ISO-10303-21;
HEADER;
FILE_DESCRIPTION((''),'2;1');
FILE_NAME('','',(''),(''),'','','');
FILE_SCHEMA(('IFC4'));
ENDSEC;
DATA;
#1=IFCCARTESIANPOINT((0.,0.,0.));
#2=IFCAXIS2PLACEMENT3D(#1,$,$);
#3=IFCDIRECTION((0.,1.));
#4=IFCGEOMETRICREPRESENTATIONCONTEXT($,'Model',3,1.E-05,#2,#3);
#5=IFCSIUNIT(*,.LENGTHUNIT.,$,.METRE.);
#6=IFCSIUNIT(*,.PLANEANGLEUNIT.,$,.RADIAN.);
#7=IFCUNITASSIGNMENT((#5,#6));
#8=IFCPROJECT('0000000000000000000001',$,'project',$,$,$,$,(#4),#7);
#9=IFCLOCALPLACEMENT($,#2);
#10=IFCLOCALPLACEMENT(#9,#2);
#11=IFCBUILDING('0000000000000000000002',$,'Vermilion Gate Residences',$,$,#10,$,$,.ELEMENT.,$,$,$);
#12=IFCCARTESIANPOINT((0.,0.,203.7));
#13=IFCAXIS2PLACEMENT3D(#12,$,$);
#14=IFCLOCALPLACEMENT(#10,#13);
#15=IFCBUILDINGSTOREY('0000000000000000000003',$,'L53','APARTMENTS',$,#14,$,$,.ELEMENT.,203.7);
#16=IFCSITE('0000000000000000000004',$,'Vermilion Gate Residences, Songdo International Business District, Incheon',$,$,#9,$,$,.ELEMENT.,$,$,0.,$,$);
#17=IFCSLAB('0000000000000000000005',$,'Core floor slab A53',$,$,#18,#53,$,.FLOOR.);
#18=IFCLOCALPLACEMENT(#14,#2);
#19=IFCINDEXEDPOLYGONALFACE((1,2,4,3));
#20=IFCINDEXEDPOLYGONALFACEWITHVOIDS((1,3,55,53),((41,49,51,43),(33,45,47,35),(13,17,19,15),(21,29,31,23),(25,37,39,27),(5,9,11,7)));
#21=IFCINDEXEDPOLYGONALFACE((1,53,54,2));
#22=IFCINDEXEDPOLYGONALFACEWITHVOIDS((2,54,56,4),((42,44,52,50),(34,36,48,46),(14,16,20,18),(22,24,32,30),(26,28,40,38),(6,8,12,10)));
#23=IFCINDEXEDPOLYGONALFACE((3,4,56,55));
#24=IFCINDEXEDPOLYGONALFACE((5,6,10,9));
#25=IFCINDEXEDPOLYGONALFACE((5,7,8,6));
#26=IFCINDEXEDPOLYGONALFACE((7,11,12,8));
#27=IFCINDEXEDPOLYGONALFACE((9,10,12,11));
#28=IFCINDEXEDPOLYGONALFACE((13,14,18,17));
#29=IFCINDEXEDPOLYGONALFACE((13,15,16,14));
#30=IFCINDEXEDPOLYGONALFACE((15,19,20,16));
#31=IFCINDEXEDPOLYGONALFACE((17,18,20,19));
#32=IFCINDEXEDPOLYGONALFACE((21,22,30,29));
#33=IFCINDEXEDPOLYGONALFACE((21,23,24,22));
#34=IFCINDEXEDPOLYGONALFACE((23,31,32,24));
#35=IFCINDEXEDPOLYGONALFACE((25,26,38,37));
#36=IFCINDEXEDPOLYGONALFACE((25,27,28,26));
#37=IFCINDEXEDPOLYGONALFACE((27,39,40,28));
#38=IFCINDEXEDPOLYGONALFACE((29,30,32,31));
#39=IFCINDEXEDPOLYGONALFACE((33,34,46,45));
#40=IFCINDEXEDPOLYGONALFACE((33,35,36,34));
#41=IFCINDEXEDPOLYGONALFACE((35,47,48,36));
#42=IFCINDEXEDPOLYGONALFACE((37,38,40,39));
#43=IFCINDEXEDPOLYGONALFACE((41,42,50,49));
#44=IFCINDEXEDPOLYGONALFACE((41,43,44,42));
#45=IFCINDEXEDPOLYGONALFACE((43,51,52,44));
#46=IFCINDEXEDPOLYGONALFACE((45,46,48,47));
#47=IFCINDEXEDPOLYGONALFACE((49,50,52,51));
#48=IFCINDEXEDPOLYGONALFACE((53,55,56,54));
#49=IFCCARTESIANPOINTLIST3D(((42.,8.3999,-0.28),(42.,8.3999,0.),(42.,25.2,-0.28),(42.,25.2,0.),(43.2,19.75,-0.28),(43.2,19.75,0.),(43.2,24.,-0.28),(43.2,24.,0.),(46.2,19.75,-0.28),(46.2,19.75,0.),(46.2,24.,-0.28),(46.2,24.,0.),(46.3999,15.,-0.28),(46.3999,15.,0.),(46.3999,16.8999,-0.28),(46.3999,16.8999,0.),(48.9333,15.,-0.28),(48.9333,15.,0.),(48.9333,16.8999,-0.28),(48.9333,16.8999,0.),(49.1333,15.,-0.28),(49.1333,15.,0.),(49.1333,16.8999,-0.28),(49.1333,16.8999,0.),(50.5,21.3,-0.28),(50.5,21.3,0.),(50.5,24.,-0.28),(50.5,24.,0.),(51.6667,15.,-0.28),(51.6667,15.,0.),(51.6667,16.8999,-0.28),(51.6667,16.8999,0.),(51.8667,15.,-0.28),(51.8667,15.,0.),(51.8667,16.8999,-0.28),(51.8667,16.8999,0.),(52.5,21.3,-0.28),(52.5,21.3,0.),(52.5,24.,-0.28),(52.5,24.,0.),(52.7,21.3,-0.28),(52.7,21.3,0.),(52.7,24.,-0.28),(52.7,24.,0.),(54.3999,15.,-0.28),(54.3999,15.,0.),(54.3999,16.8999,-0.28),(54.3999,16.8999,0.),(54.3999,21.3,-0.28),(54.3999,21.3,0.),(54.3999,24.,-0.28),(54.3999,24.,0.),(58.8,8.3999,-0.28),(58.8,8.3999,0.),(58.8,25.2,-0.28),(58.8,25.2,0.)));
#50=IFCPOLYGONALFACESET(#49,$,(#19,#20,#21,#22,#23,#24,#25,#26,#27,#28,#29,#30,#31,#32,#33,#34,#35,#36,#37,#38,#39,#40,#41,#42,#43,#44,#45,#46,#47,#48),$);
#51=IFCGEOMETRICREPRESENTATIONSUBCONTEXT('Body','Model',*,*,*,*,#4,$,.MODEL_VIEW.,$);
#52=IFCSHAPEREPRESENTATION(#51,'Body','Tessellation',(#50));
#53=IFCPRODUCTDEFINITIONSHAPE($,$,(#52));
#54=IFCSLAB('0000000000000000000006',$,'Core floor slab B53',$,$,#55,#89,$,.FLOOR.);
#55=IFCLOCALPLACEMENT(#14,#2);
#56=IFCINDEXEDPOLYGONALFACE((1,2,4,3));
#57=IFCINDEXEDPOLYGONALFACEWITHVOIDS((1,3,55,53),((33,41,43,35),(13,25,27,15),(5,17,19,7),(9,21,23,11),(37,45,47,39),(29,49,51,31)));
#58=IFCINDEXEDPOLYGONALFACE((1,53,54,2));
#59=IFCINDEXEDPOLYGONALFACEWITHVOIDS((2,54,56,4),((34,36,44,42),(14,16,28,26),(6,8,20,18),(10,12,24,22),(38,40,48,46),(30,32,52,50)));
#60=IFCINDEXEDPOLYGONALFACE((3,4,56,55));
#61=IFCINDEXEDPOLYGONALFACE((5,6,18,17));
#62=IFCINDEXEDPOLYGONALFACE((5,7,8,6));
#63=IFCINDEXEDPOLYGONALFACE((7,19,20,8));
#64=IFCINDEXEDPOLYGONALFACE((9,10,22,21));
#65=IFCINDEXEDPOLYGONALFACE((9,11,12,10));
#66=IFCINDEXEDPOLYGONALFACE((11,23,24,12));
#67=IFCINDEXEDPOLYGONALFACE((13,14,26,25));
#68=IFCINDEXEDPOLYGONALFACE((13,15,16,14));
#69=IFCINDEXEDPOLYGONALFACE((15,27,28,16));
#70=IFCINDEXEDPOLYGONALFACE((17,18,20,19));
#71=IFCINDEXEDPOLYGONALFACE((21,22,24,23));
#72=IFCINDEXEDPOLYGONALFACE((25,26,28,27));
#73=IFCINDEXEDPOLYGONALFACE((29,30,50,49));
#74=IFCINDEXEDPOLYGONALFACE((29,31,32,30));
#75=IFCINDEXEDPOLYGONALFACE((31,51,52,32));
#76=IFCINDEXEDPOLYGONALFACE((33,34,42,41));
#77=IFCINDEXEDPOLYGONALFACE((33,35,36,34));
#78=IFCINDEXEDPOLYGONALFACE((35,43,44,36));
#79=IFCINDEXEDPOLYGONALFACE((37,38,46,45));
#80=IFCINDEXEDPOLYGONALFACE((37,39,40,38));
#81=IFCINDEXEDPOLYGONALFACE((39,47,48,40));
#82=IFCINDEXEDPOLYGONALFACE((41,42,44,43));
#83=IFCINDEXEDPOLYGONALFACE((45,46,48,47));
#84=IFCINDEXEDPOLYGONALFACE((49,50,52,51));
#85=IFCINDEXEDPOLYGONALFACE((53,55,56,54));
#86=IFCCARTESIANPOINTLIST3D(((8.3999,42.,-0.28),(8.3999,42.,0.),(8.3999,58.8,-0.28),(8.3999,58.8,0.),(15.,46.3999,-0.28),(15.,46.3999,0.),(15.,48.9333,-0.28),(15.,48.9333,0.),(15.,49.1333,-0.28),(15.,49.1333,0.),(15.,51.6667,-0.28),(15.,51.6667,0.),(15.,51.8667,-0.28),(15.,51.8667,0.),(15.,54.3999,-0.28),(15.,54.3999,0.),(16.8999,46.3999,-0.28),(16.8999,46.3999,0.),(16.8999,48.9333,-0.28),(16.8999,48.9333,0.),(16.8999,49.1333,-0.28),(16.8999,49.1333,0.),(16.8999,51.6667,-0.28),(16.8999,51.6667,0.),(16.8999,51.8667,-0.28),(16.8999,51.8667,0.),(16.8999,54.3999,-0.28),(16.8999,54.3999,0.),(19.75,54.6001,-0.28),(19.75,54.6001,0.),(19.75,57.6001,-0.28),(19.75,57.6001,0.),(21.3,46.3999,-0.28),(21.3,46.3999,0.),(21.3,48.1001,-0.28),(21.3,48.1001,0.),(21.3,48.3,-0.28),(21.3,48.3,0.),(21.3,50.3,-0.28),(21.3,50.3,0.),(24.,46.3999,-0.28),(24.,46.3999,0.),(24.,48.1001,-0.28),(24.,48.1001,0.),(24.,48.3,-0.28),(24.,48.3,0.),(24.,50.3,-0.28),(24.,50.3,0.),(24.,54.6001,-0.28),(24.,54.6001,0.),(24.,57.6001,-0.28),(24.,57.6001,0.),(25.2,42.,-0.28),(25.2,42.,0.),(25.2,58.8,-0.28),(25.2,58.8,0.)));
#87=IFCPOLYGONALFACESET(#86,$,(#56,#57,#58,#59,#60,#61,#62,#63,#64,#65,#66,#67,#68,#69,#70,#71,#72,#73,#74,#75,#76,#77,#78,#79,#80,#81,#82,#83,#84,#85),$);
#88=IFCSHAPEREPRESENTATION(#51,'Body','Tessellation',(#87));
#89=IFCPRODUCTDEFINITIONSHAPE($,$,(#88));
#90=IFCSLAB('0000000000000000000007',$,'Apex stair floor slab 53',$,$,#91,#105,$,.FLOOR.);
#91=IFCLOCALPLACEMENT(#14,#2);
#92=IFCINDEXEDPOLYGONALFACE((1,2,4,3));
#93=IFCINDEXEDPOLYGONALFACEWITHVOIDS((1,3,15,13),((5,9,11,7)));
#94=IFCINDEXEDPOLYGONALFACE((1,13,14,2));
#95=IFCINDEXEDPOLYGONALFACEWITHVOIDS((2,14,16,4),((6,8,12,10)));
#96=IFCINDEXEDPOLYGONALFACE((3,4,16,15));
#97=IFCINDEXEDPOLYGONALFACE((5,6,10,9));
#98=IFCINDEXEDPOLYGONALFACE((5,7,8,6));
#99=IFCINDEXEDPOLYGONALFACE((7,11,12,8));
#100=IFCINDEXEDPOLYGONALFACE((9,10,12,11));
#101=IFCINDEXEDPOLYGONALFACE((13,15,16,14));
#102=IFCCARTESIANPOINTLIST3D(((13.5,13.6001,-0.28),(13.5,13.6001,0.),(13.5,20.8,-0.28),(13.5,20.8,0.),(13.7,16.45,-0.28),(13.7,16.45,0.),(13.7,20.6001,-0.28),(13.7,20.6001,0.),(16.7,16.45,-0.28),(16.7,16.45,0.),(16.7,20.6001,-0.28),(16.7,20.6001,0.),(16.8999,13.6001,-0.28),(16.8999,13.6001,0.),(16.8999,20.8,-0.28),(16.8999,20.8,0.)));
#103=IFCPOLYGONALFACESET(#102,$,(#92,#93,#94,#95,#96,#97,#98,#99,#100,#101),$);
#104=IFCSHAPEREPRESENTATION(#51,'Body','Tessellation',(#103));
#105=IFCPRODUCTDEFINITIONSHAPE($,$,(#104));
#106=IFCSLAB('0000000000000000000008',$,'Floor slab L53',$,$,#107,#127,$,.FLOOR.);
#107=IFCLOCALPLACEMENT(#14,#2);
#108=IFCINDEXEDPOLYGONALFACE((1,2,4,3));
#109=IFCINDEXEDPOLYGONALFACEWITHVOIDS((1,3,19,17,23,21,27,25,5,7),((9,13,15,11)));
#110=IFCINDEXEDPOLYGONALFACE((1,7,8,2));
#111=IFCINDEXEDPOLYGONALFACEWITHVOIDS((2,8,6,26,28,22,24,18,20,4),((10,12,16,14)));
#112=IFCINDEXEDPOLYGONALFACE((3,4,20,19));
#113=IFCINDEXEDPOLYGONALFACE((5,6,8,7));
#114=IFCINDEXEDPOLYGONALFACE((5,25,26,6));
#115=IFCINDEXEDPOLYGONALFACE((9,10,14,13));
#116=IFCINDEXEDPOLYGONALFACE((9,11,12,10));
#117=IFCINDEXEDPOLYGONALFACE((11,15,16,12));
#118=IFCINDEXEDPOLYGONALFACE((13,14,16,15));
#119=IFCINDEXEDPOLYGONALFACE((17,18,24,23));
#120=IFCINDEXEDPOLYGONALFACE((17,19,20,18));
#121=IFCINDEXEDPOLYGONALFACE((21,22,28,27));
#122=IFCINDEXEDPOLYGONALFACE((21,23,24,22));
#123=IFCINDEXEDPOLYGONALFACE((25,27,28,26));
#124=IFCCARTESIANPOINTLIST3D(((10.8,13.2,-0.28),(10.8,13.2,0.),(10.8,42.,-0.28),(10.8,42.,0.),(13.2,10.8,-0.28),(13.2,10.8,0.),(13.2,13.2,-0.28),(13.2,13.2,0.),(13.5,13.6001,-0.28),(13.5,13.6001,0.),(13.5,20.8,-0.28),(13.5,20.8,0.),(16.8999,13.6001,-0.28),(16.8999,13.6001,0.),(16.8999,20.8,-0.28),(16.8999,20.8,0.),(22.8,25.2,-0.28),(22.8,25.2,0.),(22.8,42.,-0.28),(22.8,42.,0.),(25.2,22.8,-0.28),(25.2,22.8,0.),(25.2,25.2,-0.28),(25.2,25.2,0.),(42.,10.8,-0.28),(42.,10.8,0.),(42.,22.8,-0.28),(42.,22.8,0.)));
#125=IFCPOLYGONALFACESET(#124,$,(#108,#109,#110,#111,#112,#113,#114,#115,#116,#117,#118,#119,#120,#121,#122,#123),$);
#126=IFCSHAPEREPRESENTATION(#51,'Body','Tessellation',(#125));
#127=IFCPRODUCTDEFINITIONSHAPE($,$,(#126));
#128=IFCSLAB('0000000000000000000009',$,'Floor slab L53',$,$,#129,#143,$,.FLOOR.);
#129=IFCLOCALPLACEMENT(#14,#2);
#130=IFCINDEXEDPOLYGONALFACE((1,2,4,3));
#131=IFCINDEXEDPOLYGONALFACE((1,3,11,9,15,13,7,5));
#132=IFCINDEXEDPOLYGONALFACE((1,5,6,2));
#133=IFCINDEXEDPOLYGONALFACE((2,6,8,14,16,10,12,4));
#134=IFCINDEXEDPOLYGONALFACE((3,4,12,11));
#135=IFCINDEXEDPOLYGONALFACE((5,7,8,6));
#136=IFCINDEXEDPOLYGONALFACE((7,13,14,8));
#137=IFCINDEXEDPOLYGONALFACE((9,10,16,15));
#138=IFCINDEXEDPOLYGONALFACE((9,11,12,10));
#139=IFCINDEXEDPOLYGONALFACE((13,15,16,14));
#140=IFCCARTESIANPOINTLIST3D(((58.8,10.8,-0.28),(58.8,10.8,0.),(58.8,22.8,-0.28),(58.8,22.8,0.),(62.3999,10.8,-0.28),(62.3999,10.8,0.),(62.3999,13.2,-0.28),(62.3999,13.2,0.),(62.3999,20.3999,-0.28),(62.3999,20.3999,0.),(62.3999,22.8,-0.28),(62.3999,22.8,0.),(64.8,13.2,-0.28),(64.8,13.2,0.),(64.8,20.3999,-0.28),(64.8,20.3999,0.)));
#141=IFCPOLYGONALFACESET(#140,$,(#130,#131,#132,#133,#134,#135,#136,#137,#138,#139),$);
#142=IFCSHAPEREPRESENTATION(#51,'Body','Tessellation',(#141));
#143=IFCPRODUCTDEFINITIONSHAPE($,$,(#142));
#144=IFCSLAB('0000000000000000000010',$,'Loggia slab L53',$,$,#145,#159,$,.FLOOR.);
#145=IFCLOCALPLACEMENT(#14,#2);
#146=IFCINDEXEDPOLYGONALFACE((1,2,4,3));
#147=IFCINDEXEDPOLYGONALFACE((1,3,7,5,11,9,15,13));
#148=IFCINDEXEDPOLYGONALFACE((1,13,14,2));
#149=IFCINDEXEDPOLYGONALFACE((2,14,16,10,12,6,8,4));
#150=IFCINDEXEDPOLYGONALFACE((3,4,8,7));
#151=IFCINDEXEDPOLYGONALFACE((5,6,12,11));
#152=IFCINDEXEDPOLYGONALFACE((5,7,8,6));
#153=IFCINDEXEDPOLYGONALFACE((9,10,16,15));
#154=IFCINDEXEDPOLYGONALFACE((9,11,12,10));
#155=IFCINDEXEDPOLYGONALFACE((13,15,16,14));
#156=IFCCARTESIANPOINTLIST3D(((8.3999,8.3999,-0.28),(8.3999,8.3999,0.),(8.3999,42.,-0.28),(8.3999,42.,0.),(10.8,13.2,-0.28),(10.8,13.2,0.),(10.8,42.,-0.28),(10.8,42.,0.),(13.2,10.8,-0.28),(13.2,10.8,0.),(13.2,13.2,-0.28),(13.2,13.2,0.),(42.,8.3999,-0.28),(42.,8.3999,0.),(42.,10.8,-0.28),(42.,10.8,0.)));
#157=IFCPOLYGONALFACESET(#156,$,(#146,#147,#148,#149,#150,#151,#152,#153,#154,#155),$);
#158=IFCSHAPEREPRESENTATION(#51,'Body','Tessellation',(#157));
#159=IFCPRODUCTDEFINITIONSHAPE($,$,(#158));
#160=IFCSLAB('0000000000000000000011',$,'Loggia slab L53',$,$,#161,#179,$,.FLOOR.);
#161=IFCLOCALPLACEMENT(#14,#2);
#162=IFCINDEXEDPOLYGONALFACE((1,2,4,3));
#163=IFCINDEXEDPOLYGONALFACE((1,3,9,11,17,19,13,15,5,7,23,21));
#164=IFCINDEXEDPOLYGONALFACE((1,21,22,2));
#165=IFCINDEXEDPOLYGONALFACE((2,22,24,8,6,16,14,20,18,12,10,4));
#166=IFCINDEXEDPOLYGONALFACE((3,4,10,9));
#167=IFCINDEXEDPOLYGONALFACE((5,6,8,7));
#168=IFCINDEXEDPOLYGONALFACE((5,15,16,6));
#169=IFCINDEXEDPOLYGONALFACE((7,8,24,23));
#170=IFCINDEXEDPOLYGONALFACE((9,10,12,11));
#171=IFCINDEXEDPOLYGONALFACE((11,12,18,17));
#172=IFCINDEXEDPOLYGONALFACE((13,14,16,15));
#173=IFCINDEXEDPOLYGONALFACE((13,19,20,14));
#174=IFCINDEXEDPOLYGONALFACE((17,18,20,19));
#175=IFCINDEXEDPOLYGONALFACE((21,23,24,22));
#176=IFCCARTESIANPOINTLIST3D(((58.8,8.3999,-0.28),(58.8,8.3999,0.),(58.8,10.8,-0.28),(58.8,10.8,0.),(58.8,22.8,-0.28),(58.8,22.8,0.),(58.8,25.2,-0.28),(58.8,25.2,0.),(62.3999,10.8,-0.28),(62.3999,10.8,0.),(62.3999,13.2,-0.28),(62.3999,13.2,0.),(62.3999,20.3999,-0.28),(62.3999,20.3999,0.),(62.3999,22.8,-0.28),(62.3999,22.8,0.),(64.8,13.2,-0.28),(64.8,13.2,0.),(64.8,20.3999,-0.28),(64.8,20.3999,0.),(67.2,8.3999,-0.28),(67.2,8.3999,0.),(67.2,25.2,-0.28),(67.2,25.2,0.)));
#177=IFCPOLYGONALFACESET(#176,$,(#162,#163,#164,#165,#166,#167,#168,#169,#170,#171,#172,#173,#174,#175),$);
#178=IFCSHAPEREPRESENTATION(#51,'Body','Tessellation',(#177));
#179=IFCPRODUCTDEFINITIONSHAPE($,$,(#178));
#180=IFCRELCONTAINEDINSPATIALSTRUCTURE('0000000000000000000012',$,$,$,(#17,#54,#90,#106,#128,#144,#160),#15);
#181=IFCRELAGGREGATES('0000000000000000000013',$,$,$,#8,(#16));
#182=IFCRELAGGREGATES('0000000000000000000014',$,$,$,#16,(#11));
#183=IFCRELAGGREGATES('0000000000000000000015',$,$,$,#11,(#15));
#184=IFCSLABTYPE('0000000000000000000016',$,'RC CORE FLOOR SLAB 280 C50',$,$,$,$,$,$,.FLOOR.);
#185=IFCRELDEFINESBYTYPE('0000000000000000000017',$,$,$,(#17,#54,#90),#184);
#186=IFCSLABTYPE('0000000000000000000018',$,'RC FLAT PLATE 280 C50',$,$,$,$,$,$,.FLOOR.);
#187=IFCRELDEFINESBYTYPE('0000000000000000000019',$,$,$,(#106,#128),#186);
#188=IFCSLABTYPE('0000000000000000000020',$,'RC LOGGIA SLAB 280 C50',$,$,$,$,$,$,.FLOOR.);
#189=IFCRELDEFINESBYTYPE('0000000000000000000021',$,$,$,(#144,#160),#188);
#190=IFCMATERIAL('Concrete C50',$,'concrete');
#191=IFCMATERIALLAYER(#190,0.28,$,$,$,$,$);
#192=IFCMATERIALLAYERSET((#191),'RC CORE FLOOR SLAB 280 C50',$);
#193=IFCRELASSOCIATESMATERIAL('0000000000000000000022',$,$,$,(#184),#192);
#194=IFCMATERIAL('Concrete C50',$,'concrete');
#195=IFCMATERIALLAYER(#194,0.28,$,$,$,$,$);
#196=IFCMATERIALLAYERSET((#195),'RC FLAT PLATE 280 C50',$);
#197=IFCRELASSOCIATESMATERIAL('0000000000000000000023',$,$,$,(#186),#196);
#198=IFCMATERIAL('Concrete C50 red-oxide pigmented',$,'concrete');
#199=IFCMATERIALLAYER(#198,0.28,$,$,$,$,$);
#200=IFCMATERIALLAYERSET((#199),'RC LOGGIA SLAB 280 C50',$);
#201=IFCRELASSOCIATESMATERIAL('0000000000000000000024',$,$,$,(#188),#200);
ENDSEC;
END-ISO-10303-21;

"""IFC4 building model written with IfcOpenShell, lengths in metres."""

from ifc_helpers import new_model, si_unit, direction, frame, origin, place, context, subcontext, project, spatial, polyline, outline, extrude, material, layer, layer_set, type_object, element, save


model = new_model("IFC4")

# Units and contexts
model_context = context("Model", 3, precision=1e-05, world=origin(), true_north=direction((0.0, 1.0)))
body_context = subcontext(model_context, "Body", "Model", "MODEL_VIEW")
ifc_project = project(units=[si_unit("LENGTHUNIT", "METRE"), si_unit("PLANEANGLEUNIT", "RADIAN")], contexts=[model_context])

# Site, building, storey
site_placement = place(None, origin())
site = spatial("IfcSite", under=ifc_project, at=site_placement, Name="Vermilion Gate Residences, Songdo International Business District, Incheon", CompositionType="ELEMENT", RefElevation=0.0)
building_placement = place(site_placement, origin())
building = spatial("IfcBuilding", under=site, at=building_placement, Name="Vermilion Gate Residences", CompositionType="ELEMENT")
storey_placement = place(building_placement, frame((0.0, 0.0, 203.7)))
storey = spatial("IfcBuildingStorey", under=building, at=storey_placement, Name="L53", Description="APARTMENTS", CompositionType="ELEMENT", Elevation=203.7)

# Slabs
ifc_material_1 = material(Name="Concrete C50", Category="concrete")
ifc_layer_1 = layer(ifc_material_1, 0.28)
ifc_layer_set_1 = layer_set([ifc_layer_1], Name="RC CORE FLOOR SLAB 280 C50")
slab_type_1 = type_object("IfcSlabType", Name="RC CORE FLOOR SLAB 280 C50", PredefinedType="FLOOR", material=ifc_layer_set_1)
slab_1_placement = place(storey_placement, frame((0.0, 0.0, -0.28)))
element("IfcSlab", 1, at=slab_1_placement, inside=storey, type_object=slab_type_1, Name="Core floor slab A53", PredefinedType="FLOOR", context=body_context, shape_type="SweptSolid", body=[
    extrude(outline(polyline([(42.0, 8.3999), (58.8, 8.3999), (58.8, 25.2), (42.0, 25.2), (42.0, 8.3999)]), holes=[polyline([(46.3999, 15.0), (46.3999, 16.8999), (48.9333, 16.8999), (48.9333, 15.0), (46.3999, 15.0)]), polyline([(49.1333, 16.8999), (51.6667, 16.8999), (51.6667, 15.0), (49.1333, 15.0), (49.1333, 16.8999)]), polyline([(51.8667, 16.8999), (54.3999, 16.8999), (54.3999, 15.0), (51.8667, 15.0), (51.8667, 16.8999)]), polyline([(43.2, 19.75), (43.2, 24.0), (46.2, 24.0), (46.2, 19.75), (43.2, 19.75)]), polyline([(50.5, 24.0), (52.5, 24.0), (52.5, 21.3), (50.5, 21.3), (50.5, 24.0)]), polyline([(52.7, 24.0), (54.3999, 24.0), (54.3999, 21.3), (52.7, 21.3), (52.7, 24.0)])]), origin(), (0.0, 0.0, 1.0), 0.28),
])
slab_2_placement = place(storey_placement, frame((0.0, 0.0, -0.28)))
element("IfcSlab", 2, at=slab_2_placement, inside=storey, type_object=slab_type_1, Name="Core floor slab B53", PredefinedType="FLOOR", context=body_context, shape_type="SweptSolid", body=[
    extrude(outline(polyline([(8.3999, 42.0), (25.2, 42.0), (25.2, 58.8), (8.3999, 58.8), (8.3999, 42.0)]), holes=[polyline([(21.3, 46.3999), (21.3, 48.1001), (24.0, 48.1001), (24.0, 46.3999), (21.3, 46.3999)]), polyline([(15.0, 48.9333), (16.8999, 48.9333), (16.8999, 46.3999), (15.0, 46.3999), (15.0, 48.9333)]), polyline([(21.3, 50.3), (24.0, 50.3), (24.0, 48.3), (21.3, 48.3), (21.3, 50.3)]), polyline([(15.0, 49.1333), (15.0, 51.6667), (16.8999, 51.6667), (16.8999, 49.1333), (15.0, 49.1333)]), polyline([(15.0, 54.3999), (16.8999, 54.3999), (16.8999, 51.8667), (15.0, 51.8667), (15.0, 54.3999)]), polyline([(19.75, 57.6001), (24.0, 57.6001), (24.0, 54.6001), (19.75, 54.6001), (19.75, 57.6001)])]), origin(), (0.0, 0.0, 1.0), 0.28),
])
slab_3_placement = place(storey_placement, frame((0.0, 0.0, -0.28)))
element("IfcSlab", 3, at=slab_3_placement, inside=storey, type_object=slab_type_1, Name="Apex stair floor slab 53", PredefinedType="FLOOR", context=body_context, shape_type="SweptSolid", body=[
    extrude(outline(polyline([(13.5, 13.6001), (16.8999, 13.6001), (16.8999, 20.8), (13.5, 20.8), (13.5, 13.6001)]), holes=[polyline([(16.7, 20.6001), (16.7, 16.45), (13.7, 16.45), (13.7, 20.6001), (16.7, 20.6001)])]), origin(), (0.0, 0.0, 1.0), 0.28),
])
ifc_material_2 = material(Name="Concrete C50", Category="concrete")
ifc_layer_2 = layer(ifc_material_2, 0.28)
ifc_layer_set_2 = layer_set([ifc_layer_2], Name="RC FLAT PLATE 280 C50")
slab_type_2 = type_object("IfcSlabType", Name="RC FLAT PLATE 280 C50", PredefinedType="FLOOR", material=ifc_layer_set_2)
slab_4_placement = place(storey_placement, frame((0.0, 0.0, -0.28)))
element("IfcSlab", 4, at=slab_4_placement, inside=storey, type_object=slab_type_2, Name="Floor slab L53", PredefinedType="FLOOR", context=body_context, shape_type="SweptSolid", body=[
    extrude(outline(polyline([(22.8, 25.2), (22.8, 42.0), (10.8, 42.0), (10.8, 13.2), (13.2, 13.2), (13.2, 10.8), (42.0, 10.8), (42.0, 22.8), (25.2, 22.8), (25.2, 25.2), (22.8, 25.2)]), holes=[polyline([(13.5, 13.6001), (13.5, 20.8), (16.8999, 20.8), (16.8999, 13.6001), (13.5, 13.6001)])]), origin(), (0.0, 0.0, 1.0), 0.28),
])
slab_5_placement = place(storey_placement, frame((0.0, 0.0, -0.28)))
element("IfcSlab", 5, at=slab_5_placement, inside=storey, type_object=slab_type_2, Name="Floor slab L53", PredefinedType="FLOOR", context=body_context, shape_type="SweptSolid", body=[
    extrude(outline(polyline([(58.8, 22.8), (58.8, 10.8), (62.3999, 10.8), (62.3999, 13.2), (64.8, 13.2), (64.8, 20.3999), (62.3999, 20.3999), (62.3999, 22.8), (58.8, 22.8)])), origin(), (0.0, 0.0, 1.0), 0.28),
])
ifc_material_3 = material(Name="Concrete C50 red-oxide pigmented", Category="concrete")
ifc_layer_3 = layer(ifc_material_3, 0.28)
ifc_layer_set_3 = layer_set([ifc_layer_3], Name="RC LOGGIA SLAB 280 C50")
slab_type_3 = type_object("IfcSlabType", Name="RC LOGGIA SLAB 280 C50", PredefinedType="FLOOR", material=ifc_layer_set_3)
slab_6_placement = place(storey_placement, frame((0.0, 0.0, -0.28)))
element("IfcSlab", 6, at=slab_6_placement, inside=storey, type_object=slab_type_3, Name="Loggia slab L53", PredefinedType="FLOOR", context=body_context, shape_type="SweptSolid", body=[
    extrude(outline(polyline([(8.3999, 42.0), (8.3999, 8.3999), (42.0, 8.3999), (42.0, 10.8), (13.2, 10.8), (13.2, 13.2), (10.8, 13.2), (10.8, 42.0), (8.3999, 42.0)])), origin(), (0.0, 0.0, 1.0), 0.28),
])
slab_7_placement = place(storey_placement, frame((0.0, 0.0, -0.28)))
element("IfcSlab", 7, at=slab_7_placement, inside=storey, type_object=slab_type_3, Name="Loggia slab L53", PredefinedType="FLOOR", context=body_context, shape_type="SweptSolid", body=[
    extrude(outline(polyline([(64.8, 13.2), (62.3999, 13.2), (62.3999, 10.8), (58.8, 10.8), (58.8, 8.3999), (67.2, 8.3999), (67.2, 25.2), (58.8, 25.2), (58.8, 22.8), (62.3999, 22.8), (62.3999, 20.3999), (64.8, 20.3999), (64.8, 13.2)])), origin(), (0.0, 0.0, 1.0), 0.28),
])

save(model, "model.ifc")
